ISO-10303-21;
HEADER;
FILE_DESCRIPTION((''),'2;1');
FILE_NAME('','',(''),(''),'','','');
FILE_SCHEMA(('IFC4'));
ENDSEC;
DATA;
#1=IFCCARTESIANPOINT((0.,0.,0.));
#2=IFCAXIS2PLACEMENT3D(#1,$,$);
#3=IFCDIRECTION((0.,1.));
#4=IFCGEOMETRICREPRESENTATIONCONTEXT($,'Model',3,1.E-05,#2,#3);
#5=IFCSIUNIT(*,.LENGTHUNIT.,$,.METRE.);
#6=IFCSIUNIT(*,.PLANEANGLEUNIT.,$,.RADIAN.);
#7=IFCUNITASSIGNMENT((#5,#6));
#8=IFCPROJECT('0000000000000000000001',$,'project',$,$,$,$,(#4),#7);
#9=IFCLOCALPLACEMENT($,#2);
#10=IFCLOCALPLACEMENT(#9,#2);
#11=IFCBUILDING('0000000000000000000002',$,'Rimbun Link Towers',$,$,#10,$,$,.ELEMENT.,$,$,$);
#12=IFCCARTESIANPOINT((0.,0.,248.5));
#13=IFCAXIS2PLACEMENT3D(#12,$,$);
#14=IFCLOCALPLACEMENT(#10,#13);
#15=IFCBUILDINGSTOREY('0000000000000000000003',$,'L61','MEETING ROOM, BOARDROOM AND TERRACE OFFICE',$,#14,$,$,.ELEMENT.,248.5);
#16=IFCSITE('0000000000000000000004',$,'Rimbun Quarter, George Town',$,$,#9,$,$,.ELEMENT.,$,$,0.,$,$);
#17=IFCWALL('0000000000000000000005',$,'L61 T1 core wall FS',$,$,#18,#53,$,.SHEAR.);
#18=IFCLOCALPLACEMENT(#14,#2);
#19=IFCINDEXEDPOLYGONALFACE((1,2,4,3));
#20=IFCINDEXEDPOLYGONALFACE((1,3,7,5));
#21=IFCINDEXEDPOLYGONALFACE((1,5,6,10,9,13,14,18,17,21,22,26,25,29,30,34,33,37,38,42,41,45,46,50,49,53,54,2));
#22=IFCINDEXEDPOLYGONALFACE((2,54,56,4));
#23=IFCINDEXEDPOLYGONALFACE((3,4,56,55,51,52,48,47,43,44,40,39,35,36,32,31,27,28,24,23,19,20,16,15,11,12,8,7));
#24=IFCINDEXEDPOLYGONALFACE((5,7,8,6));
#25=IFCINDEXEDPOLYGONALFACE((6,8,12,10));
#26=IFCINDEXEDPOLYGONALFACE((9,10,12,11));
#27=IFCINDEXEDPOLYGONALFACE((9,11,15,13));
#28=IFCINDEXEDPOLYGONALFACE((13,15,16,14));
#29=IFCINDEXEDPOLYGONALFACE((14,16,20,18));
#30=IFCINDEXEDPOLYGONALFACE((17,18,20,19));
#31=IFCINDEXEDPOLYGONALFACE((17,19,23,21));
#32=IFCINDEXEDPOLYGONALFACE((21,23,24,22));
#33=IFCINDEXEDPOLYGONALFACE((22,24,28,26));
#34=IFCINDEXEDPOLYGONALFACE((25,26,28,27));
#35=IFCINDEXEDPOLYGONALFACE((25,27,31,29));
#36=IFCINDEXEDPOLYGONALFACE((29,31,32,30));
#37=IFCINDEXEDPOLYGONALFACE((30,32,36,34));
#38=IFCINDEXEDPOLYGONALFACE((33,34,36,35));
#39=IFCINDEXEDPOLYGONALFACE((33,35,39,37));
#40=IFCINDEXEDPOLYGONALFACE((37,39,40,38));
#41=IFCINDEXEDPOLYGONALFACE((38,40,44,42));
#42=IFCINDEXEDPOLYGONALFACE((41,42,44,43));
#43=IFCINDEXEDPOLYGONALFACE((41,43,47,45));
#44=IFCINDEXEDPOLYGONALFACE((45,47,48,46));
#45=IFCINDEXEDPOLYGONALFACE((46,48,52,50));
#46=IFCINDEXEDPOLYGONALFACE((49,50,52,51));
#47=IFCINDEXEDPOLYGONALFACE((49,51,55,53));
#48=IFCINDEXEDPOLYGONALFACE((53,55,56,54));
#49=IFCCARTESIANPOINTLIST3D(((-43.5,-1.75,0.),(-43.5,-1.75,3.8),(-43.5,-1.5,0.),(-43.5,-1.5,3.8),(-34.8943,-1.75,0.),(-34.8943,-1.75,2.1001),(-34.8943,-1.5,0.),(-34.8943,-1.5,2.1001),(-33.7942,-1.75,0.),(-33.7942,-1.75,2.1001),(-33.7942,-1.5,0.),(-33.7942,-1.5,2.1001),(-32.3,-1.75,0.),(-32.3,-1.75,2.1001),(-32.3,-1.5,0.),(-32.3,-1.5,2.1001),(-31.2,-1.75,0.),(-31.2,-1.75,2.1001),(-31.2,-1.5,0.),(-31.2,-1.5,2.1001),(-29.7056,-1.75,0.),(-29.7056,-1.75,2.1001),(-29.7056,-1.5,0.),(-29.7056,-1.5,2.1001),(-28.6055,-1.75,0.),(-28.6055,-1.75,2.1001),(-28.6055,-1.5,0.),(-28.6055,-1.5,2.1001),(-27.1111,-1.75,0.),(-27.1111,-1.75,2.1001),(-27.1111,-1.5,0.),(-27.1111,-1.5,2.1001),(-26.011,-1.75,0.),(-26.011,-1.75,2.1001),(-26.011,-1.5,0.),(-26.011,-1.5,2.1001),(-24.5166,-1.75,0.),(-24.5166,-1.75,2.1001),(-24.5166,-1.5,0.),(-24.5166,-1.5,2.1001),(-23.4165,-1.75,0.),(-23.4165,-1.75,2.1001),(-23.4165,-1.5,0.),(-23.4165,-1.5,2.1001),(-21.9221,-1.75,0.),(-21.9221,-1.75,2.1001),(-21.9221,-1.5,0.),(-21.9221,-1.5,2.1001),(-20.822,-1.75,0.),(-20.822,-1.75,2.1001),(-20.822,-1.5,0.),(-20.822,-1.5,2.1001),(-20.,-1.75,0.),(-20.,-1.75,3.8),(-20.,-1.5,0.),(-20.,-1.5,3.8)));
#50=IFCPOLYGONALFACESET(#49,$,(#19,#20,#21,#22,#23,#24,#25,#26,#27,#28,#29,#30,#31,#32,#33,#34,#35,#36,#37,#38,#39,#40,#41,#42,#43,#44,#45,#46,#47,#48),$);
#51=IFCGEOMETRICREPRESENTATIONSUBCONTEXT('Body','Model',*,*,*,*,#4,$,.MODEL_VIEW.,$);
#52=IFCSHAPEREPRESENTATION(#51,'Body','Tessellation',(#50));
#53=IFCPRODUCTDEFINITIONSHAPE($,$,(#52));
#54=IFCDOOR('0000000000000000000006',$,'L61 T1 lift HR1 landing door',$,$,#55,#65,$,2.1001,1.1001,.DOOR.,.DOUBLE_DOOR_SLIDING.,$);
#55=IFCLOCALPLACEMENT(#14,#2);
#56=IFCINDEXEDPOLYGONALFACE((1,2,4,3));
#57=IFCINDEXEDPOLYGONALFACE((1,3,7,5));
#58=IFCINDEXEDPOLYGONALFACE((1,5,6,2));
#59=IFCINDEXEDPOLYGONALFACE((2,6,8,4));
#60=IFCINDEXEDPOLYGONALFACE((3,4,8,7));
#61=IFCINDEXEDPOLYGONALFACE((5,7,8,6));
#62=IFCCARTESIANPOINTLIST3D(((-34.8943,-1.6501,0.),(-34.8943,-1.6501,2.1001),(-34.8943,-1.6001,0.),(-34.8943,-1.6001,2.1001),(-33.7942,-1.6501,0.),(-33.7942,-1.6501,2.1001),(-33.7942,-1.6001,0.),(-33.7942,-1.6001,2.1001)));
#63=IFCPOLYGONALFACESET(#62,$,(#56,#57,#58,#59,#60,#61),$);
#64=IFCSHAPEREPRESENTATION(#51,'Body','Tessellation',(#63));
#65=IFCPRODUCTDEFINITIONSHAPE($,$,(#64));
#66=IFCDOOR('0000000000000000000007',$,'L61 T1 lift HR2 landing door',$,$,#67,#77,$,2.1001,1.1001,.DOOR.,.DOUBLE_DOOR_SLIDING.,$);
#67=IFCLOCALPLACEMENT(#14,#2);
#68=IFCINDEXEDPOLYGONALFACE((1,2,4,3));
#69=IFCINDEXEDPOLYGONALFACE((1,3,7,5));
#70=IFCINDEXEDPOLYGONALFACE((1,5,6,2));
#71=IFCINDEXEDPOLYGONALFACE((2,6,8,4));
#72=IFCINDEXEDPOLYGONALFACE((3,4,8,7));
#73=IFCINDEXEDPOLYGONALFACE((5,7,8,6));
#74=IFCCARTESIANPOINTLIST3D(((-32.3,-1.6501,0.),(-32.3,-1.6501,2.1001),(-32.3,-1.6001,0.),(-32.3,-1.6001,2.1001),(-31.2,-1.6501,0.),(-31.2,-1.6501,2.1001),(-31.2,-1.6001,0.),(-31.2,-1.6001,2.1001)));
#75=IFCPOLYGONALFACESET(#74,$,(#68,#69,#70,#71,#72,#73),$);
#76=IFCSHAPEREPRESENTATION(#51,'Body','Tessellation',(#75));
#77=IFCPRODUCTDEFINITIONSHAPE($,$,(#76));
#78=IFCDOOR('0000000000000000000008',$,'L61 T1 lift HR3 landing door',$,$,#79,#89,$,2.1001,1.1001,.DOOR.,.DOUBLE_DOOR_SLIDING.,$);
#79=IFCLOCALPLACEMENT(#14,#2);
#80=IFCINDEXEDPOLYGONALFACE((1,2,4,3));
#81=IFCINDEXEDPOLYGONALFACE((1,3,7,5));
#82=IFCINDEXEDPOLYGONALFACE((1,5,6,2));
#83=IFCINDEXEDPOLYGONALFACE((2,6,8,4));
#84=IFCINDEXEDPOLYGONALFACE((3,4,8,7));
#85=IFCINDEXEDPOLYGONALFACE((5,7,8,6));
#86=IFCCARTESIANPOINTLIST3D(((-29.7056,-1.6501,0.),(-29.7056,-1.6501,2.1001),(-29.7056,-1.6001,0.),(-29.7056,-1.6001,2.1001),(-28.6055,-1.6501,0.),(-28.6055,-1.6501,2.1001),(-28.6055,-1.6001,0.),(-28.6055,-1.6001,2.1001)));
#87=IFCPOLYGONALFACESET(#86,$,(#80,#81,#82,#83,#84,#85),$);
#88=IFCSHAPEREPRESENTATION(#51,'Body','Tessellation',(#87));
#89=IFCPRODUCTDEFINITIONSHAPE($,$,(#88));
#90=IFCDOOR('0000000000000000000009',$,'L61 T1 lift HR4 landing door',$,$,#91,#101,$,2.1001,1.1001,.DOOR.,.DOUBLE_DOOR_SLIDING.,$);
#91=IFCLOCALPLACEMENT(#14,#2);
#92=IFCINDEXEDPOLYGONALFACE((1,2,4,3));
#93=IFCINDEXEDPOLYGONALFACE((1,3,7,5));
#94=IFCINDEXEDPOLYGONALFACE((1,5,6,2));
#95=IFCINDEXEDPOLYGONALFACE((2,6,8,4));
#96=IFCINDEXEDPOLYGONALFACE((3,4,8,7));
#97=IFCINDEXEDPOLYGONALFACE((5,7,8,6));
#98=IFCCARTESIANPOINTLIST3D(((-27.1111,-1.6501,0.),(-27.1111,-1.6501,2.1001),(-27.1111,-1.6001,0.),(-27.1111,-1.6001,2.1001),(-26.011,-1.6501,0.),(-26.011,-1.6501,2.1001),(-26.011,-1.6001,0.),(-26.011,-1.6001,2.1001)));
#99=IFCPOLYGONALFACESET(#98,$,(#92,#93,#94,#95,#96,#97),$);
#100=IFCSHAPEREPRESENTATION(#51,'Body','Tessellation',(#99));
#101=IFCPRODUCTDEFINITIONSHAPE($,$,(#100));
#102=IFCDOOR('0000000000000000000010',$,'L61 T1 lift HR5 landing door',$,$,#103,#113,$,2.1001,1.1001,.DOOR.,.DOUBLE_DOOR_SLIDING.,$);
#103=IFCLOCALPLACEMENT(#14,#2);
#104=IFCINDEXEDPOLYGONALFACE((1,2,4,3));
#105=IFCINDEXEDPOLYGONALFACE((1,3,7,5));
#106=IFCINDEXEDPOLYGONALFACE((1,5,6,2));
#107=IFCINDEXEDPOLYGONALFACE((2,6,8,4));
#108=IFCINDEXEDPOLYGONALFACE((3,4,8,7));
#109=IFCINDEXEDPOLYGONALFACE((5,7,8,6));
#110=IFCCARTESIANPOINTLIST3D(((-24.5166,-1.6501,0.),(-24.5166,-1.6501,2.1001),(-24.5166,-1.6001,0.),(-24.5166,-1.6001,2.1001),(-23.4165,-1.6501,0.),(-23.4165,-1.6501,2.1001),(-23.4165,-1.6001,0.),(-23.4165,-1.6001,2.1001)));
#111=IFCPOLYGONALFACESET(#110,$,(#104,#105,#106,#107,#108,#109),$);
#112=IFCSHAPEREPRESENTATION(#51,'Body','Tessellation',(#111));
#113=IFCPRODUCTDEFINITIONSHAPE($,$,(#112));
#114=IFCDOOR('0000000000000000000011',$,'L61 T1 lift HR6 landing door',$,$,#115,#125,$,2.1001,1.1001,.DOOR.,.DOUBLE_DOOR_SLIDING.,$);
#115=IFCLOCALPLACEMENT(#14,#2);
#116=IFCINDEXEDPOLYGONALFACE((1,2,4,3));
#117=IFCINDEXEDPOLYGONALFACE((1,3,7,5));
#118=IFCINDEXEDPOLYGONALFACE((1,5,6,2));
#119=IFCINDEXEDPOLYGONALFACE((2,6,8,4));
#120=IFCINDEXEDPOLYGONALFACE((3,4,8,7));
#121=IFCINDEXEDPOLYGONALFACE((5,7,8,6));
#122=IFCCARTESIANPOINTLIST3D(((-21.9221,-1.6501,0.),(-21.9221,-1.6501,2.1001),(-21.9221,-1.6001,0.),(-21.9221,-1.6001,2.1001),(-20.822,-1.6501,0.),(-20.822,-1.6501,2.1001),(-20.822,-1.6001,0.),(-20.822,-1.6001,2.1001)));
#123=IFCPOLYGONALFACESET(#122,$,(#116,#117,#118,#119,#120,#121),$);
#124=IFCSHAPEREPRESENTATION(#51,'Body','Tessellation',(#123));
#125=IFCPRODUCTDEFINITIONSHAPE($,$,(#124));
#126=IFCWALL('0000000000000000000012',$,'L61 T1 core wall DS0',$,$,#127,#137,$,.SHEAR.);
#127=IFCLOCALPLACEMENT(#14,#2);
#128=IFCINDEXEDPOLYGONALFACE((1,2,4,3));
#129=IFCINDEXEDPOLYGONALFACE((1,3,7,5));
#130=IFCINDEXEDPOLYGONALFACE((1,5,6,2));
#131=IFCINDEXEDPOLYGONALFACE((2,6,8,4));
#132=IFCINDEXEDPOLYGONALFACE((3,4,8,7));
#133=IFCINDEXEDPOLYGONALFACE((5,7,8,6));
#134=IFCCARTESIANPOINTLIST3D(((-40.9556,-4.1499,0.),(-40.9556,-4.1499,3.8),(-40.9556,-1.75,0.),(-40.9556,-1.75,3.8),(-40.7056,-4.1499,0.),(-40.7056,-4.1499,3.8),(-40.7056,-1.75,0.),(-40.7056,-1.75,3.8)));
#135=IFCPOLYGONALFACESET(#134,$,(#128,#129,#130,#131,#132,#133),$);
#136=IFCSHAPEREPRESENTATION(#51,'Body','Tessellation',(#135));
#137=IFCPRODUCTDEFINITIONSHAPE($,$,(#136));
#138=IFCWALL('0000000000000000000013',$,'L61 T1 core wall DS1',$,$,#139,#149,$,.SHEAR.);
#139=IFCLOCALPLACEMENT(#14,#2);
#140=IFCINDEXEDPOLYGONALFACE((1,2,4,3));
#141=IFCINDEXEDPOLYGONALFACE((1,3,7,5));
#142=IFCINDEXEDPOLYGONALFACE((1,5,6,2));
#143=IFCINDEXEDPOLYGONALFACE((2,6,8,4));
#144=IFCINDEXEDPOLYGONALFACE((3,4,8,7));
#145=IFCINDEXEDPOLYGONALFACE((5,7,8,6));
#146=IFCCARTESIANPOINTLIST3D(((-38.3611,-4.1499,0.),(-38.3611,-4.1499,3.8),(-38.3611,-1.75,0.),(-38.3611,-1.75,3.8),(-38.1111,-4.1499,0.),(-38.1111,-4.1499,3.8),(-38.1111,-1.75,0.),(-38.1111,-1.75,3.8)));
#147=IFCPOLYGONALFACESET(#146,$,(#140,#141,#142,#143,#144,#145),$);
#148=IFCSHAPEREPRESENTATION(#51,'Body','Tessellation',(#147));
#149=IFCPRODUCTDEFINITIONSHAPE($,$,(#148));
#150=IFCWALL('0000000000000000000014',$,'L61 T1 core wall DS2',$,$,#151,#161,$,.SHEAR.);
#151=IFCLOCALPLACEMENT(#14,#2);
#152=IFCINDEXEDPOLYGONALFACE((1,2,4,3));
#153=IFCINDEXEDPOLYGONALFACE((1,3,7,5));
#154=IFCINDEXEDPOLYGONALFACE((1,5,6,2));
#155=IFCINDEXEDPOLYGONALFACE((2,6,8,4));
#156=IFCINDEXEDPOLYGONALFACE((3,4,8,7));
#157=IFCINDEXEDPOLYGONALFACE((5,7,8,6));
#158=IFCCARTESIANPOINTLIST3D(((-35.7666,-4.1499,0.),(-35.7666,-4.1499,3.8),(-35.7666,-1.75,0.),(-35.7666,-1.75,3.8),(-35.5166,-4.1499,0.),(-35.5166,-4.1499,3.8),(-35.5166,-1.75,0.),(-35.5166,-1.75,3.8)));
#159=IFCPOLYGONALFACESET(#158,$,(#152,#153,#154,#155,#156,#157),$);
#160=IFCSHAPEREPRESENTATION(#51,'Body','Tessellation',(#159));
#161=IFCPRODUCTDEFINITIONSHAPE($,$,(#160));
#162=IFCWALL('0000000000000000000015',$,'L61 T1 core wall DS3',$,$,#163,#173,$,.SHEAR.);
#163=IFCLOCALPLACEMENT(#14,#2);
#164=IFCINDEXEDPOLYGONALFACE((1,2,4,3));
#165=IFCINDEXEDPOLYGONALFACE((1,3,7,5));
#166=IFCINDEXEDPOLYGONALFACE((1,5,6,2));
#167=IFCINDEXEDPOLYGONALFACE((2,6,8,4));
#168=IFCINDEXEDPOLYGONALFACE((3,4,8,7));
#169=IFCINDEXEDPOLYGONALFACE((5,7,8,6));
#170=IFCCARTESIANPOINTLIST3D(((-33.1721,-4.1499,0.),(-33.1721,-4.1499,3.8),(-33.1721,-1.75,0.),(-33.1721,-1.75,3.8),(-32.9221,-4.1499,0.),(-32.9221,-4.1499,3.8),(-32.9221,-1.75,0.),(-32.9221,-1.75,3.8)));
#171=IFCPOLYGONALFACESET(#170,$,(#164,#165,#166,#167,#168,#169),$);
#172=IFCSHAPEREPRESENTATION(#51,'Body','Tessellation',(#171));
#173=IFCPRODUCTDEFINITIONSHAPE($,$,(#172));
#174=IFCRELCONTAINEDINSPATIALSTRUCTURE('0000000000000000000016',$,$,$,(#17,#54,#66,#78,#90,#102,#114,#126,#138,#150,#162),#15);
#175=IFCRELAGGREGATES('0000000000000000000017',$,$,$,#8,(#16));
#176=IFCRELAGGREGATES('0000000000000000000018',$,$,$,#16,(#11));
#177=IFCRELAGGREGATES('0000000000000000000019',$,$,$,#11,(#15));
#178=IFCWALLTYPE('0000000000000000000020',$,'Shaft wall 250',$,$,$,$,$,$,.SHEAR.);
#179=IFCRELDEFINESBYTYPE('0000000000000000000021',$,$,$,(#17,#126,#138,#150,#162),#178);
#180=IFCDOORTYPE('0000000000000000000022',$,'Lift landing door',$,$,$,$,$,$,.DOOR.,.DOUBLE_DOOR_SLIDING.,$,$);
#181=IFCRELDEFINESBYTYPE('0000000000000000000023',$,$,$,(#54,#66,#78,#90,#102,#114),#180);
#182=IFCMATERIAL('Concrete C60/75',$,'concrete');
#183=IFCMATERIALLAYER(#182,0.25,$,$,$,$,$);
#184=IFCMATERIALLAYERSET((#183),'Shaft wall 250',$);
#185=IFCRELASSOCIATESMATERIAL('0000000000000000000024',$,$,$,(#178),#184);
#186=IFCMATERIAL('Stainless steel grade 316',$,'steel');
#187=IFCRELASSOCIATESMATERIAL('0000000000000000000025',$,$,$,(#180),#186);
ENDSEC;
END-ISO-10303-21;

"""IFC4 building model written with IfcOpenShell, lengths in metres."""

from ifc_helpers import new_model, si_unit, direction, frame, frame_2d, origin, place, context, subcontext, project, spatial, rectangle, extrude, material, layer, layer_set, type_object, element, fill, save


model = new_model("IFC4")

# Units and contexts
model_context = context("Model", 3, precision=1e-05, world=origin(), true_north=direction((0.0, 1.0)))
body_context = subcontext(model_context, "Body", "Model", "MODEL_VIEW")
ifc_project = project(units=[si_unit("LENGTHUNIT", "METRE"), si_unit("PLANEANGLEUNIT", "RADIAN")], contexts=[model_context])

# Site, building, storey
site_placement = place(None, origin())
site = spatial("IfcSite", under=ifc_project, at=site_placement, Name="Rimbun Quarter, George Town", CompositionType="ELEMENT", RefElevation=0.0)
building_placement = place(site_placement, origin())
building = spatial("IfcBuilding", under=site, at=building_placement, Name="Rimbun Link Towers", CompositionType="ELEMENT")
storey_placement = place(building_placement, frame((0.0, 0.0, 248.5)))
storey = spatial("IfcBuildingStorey", under=building, at=storey_placement, Name="L61", Description="MEETING ROOM, BOARDROOM AND TERRACE OFFICE", CompositionType="ELEMENT", Elevation=248.5)

# Shared definitions
ifc_material_1 = material(Name="Concrete C60/75", Category="concrete")
ifc_layer_1 = layer(ifc_material_1, 0.25)
ifc_layer_set_1 = layer_set([ifc_layer_1], Name="Shaft wall 250")
wall_type_1 = type_object("IfcWallType", Name="Shaft wall 250", PredefinedType="SHEAR", material=ifc_layer_set_1)

# Wall, openings, doors
wall_1_placement = place(storey_placement, frame((-43.5, -1.625, 0.0), z_axis=(0.0, 0.0, 1.0), x_axis=(1.0, 0.0, 0.0)))
wall_1 = element("IfcWall", 1, at=wall_1_placement, inside=storey, type_object=wall_type_1, Name="L61 T1 core wall FS", PredefinedType="SHEAR", context=body_context, shape_type="SweptSolid", body=[
    extrude(rectangle(XDim=23.5, YDim=0.25, at=frame_2d((11.75, 0.0))), origin(), (0.0, 0.0, 1.0), 3.8),
])
opening_1_placement = place(wall_1_placement, frame((8.6057, 0.0, 0.0)))
opening_1 = element("IfcOpeningElement", 2, at=opening_1_placement, cuts=wall_1, PredefinedType="OPENING", context=body_context, shape_type="SweptSolid", body=[
    extrude(rectangle(XDim=1.1001, YDim=2.1001, at=frame_2d((0.55, 1.05))), frame((0.0, 0.135, 0.0), z_axis=(0.0, -1.0, 0.0), x_axis=(1.0, 0.0, 0.0)), (0.0, 0.0, 1.0), 0.27),
])
opening_2_placement = place(wall_1_placement, frame((11.2, 0.0, 0.0)))
opening_2 = element("IfcOpeningElement", 3, at=opening_2_placement, cuts=wall_1, PredefinedType="OPENING", context=body_context, shape_type="SweptSolid", body=[
    extrude(rectangle(XDim=1.1001, YDim=2.1001, at=frame_2d((0.55, 1.05))), frame((0.0, 0.135, 0.0), z_axis=(0.0, -1.0, 0.0), x_axis=(1.0, 0.0, 0.0)), (0.0, 0.0, 1.0), 0.27),
])
opening_3_placement = place(wall_1_placement, frame((13.7944, 0.0, 0.0)))
opening_3 = element("IfcOpeningElement", 4, at=opening_3_placement, cuts=wall_1, PredefinedType="OPENING", context=body_context, shape_type="SweptSolid", body=[
    extrude(rectangle(XDim=1.1001, YDim=2.1001, at=frame_2d((0.55, 1.05))), frame((0.0, 0.135, 0.0), z_axis=(0.0, -1.0, 0.0), x_axis=(1.0, 0.0, 0.0)), (0.0, 0.0, 1.0), 0.27),
])
opening_4_placement = place(wall_1_placement, frame((16.3889, 0.0, 0.0)))
opening_4 = element("IfcOpeningElement", 5, at=opening_4_placement, cuts=wall_1, PredefinedType="OPENING", context=body_context, shape_type="SweptSolid", body=[
    extrude(rectangle(XDim=1.1001, YDim=2.1001, at=frame_2d((0.55, 1.05))), frame((0.0, 0.135, 0.0), z_axis=(0.0, -1.0, 0.0), x_axis=(1.0, 0.0, 0.0)), (0.0, 0.0, 1.0), 0.27),
])
opening_5_placement = place(wall_1_placement, frame((18.9834, 0.0, 0.0)))
opening_5 = element("IfcOpeningElement", 6, at=opening_5_placement, cuts=wall_1, PredefinedType="OPENING", context=body_context, shape_type="SweptSolid", body=[
    extrude(rectangle(XDim=1.1001, YDim=2.1001, at=frame_2d((0.55, 1.05))), frame((0.0, 0.135, 0.0), z_axis=(0.0, -1.0, 0.0), x_axis=(1.0, 0.0, 0.0)), (0.0, 0.0, 1.0), 0.27),
])
opening_6_placement = place(wall_1_placement, frame((21.5779, 0.0, 0.0)))
opening_6 = element("IfcOpeningElement", 7, at=opening_6_placement, cuts=wall_1, PredefinedType="OPENING", context=body_context, shape_type="SweptSolid", body=[
    extrude(rectangle(XDim=1.1001, YDim=2.1001, at=frame_2d((0.55, 1.05))), frame((0.0, 0.135, 0.0), z_axis=(0.0, -1.0, 0.0), x_axis=(1.0, 0.0, 0.0)), (0.0, 0.0, 1.0), 0.27),
])
ifc_material_2 = material(Name="Stainless steel grade 316", Category="steel")
door_type = type_object("IfcDoorType", Name="Lift landing door", OperationType="DOUBLE_DOOR_SLIDING", PredefinedType="DOOR", material=ifc_material_2)
door_1_placement = place(opening_1_placement, origin())
door_1 = element("IfcDoor", 8, at=door_1_placement, inside=storey, type_object=door_type, Name="L61 T1 lift HR1 landing door", OperationType="DOUBLE_DOOR_SLIDING", OverallHeight=2.1001, OverallWidth=1.1001, PredefinedType="DOOR", context=body_context, shape_type="SweptSolid", body=[
    extrude(rectangle(XDim=1.1001, YDim=2.1001, at=frame_2d((0.55, 1.05))), frame((0.0, 0.0249, 0.0), z_axis=(0.0, -1.0, 0.0), x_axis=(1.0, 0.0, 0.0)), (0.0, 0.0, 1.0), 0.05),
])
fill(opening_1, door_1)
door_2_placement = place(opening_2_placement, origin())
door_2 = element("IfcDoor", 9, at=door_2_placement, inside=storey, type_object=door_type, Name="L61 T1 lift HR2 landing door", OperationType="DOUBLE_DOOR_SLIDING", OverallHeight=2.1001, OverallWidth=1.1001, PredefinedType="DOOR", context=body_context, shape_type="SweptSolid", body=[
    extrude(rectangle(XDim=1.1001, YDim=2.1001, at=frame_2d((0.55, 1.05))), frame((0.0, 0.0249, 0.0), z_axis=(0.0, -1.0, 0.0), x_axis=(1.0, 0.0, 0.0)), (0.0, 0.0, 1.0), 0.05),
])
fill(opening_2, door_2)
door_3_placement = place(opening_3_placement, origin())
door_3 = element("IfcDoor", 10, at=door_3_placement, inside=storey, type_object=door_type, Name="L61 T1 lift HR3 landing door", OperationType="DOUBLE_DOOR_SLIDING", OverallHeight=2.1001, OverallWidth=1.1001, PredefinedType="DOOR", context=body_context, shape_type="SweptSolid", body=[
    extrude(rectangle(XDim=1.1001, YDim=2.1001, at=frame_2d((0.55, 1.05))), frame((0.0, 0.0249, 0.0), z_axis=(0.0, -1.0, 0.0), x_axis=(1.0, 0.0, 0.0)), (0.0, 0.0, 1.0), 0.05),
])
fill(opening_3, door_3)
door_4_placement = place(opening_4_placement, origin())
door_4 = element("IfcDoor", 11, at=door_4_placement, inside=storey, type_object=door_type, Name="L61 T1 lift HR4 landing door", OperationType="DOUBLE_DOOR_SLIDING", OverallHeight=2.1001, OverallWidth=1.1001, PredefinedType="DOOR", context=body_context, shape_type="SweptSolid", body=[
    extrude(rectangle(XDim=1.1001, YDim=2.1001, at=frame_2d((0.55, 1.05))), frame((0.0, 0.0249, 0.0), z_axis=(0.0, -1.0, 0.0), x_axis=(1.0, 0.0, 0.0)), (0.0, 0.0, 1.0), 0.05),
])
fill(opening_4, door_4)
door_5_placement = place(opening_5_placement, origin())
door_5 = element("IfcDoor", 12, at=door_5_placement, inside=storey, type_object=door_type, Name="L61 T1 lift HR5 landing door", OperationType="DOUBLE_DOOR_SLIDING", OverallHeight=2.1001, OverallWidth=1.1001, PredefinedType="DOOR", context=body_context, shape_type="SweptSolid", body=[
    extrude(rectangle(XDim=1.1001, YDim=2.1001, at=frame_2d((0.55, 1.05))), frame((0.0, 0.0249, 0.0), z_axis=(0.0, -1.0, 0.0), x_axis=(1.0, 0.0, 0.0)), (0.0, 0.0, 1.0), 0.05),
])
fill(opening_5, door_5)
door_6_placement = place(opening_6_placement, origin())
door_6 = element("IfcDoor", 13, at=door_6_placement, inside=storey, type_object=door_type, Name="L61 T1 lift HR6 landing door", OperationType="DOUBLE_DOOR_SLIDING", OverallHeight=2.1001, OverallWidth=1.1001, PredefinedType="DOOR", context=body_context, shape_type="SweptSolid", body=[
    extrude(rectangle(XDim=1.1001, YDim=2.1001, at=frame_2d((0.55, 1.05))), frame((0.0, 0.0249, 0.0), z_axis=(0.0, -1.0, 0.0), x_axis=(1.0, 0.0, 0.0)), (0.0, 0.0, 1.0), 0.05),
])
fill(opening_6, door_6)

# Walls
for number, where, z_axis, x_axis, name in (
    (14, (-40.8306, -4.1499, 0.0), (0.0, 0.0, 1.0), (0.0, 1.0, 0.0), "L61 T1 core wall DS0"),
    (15, (-38.2361, -4.1499, 0.0), (0.0, 0.0, 1.0), (0.0, 1.0, 0.0), "L61 T1 core wall DS1"),
    (16, (-35.6416, -4.1499, 0.0), (0.0, 0.0, 1.0), (0.0, 1.0, 0.0), "L61 T1 core wall DS2"),
    (17, (-33.0471, -4.1499, 0.0), (0.0, 0.0, 1.0), (0.0, 1.0, 0.0), "L61 T1 core wall DS3"),
):
    element("IfcWall", number, at=place(storey_placement, frame(where, z_axis=z_axis, x_axis=x_axis)), inside=storey, type_object=wall_type_1, Name=name, PredefinedType="SHEAR", context=body_context, shape_type="SweptSolid", body=[
        extrude(rectangle(XDim=2.3999, YDim=0.25, at=frame_2d((1.2, 0.0))), origin(), (0.0, 0.0, 1.0), 3.8),
    ])

save(model, "model.ifc")
